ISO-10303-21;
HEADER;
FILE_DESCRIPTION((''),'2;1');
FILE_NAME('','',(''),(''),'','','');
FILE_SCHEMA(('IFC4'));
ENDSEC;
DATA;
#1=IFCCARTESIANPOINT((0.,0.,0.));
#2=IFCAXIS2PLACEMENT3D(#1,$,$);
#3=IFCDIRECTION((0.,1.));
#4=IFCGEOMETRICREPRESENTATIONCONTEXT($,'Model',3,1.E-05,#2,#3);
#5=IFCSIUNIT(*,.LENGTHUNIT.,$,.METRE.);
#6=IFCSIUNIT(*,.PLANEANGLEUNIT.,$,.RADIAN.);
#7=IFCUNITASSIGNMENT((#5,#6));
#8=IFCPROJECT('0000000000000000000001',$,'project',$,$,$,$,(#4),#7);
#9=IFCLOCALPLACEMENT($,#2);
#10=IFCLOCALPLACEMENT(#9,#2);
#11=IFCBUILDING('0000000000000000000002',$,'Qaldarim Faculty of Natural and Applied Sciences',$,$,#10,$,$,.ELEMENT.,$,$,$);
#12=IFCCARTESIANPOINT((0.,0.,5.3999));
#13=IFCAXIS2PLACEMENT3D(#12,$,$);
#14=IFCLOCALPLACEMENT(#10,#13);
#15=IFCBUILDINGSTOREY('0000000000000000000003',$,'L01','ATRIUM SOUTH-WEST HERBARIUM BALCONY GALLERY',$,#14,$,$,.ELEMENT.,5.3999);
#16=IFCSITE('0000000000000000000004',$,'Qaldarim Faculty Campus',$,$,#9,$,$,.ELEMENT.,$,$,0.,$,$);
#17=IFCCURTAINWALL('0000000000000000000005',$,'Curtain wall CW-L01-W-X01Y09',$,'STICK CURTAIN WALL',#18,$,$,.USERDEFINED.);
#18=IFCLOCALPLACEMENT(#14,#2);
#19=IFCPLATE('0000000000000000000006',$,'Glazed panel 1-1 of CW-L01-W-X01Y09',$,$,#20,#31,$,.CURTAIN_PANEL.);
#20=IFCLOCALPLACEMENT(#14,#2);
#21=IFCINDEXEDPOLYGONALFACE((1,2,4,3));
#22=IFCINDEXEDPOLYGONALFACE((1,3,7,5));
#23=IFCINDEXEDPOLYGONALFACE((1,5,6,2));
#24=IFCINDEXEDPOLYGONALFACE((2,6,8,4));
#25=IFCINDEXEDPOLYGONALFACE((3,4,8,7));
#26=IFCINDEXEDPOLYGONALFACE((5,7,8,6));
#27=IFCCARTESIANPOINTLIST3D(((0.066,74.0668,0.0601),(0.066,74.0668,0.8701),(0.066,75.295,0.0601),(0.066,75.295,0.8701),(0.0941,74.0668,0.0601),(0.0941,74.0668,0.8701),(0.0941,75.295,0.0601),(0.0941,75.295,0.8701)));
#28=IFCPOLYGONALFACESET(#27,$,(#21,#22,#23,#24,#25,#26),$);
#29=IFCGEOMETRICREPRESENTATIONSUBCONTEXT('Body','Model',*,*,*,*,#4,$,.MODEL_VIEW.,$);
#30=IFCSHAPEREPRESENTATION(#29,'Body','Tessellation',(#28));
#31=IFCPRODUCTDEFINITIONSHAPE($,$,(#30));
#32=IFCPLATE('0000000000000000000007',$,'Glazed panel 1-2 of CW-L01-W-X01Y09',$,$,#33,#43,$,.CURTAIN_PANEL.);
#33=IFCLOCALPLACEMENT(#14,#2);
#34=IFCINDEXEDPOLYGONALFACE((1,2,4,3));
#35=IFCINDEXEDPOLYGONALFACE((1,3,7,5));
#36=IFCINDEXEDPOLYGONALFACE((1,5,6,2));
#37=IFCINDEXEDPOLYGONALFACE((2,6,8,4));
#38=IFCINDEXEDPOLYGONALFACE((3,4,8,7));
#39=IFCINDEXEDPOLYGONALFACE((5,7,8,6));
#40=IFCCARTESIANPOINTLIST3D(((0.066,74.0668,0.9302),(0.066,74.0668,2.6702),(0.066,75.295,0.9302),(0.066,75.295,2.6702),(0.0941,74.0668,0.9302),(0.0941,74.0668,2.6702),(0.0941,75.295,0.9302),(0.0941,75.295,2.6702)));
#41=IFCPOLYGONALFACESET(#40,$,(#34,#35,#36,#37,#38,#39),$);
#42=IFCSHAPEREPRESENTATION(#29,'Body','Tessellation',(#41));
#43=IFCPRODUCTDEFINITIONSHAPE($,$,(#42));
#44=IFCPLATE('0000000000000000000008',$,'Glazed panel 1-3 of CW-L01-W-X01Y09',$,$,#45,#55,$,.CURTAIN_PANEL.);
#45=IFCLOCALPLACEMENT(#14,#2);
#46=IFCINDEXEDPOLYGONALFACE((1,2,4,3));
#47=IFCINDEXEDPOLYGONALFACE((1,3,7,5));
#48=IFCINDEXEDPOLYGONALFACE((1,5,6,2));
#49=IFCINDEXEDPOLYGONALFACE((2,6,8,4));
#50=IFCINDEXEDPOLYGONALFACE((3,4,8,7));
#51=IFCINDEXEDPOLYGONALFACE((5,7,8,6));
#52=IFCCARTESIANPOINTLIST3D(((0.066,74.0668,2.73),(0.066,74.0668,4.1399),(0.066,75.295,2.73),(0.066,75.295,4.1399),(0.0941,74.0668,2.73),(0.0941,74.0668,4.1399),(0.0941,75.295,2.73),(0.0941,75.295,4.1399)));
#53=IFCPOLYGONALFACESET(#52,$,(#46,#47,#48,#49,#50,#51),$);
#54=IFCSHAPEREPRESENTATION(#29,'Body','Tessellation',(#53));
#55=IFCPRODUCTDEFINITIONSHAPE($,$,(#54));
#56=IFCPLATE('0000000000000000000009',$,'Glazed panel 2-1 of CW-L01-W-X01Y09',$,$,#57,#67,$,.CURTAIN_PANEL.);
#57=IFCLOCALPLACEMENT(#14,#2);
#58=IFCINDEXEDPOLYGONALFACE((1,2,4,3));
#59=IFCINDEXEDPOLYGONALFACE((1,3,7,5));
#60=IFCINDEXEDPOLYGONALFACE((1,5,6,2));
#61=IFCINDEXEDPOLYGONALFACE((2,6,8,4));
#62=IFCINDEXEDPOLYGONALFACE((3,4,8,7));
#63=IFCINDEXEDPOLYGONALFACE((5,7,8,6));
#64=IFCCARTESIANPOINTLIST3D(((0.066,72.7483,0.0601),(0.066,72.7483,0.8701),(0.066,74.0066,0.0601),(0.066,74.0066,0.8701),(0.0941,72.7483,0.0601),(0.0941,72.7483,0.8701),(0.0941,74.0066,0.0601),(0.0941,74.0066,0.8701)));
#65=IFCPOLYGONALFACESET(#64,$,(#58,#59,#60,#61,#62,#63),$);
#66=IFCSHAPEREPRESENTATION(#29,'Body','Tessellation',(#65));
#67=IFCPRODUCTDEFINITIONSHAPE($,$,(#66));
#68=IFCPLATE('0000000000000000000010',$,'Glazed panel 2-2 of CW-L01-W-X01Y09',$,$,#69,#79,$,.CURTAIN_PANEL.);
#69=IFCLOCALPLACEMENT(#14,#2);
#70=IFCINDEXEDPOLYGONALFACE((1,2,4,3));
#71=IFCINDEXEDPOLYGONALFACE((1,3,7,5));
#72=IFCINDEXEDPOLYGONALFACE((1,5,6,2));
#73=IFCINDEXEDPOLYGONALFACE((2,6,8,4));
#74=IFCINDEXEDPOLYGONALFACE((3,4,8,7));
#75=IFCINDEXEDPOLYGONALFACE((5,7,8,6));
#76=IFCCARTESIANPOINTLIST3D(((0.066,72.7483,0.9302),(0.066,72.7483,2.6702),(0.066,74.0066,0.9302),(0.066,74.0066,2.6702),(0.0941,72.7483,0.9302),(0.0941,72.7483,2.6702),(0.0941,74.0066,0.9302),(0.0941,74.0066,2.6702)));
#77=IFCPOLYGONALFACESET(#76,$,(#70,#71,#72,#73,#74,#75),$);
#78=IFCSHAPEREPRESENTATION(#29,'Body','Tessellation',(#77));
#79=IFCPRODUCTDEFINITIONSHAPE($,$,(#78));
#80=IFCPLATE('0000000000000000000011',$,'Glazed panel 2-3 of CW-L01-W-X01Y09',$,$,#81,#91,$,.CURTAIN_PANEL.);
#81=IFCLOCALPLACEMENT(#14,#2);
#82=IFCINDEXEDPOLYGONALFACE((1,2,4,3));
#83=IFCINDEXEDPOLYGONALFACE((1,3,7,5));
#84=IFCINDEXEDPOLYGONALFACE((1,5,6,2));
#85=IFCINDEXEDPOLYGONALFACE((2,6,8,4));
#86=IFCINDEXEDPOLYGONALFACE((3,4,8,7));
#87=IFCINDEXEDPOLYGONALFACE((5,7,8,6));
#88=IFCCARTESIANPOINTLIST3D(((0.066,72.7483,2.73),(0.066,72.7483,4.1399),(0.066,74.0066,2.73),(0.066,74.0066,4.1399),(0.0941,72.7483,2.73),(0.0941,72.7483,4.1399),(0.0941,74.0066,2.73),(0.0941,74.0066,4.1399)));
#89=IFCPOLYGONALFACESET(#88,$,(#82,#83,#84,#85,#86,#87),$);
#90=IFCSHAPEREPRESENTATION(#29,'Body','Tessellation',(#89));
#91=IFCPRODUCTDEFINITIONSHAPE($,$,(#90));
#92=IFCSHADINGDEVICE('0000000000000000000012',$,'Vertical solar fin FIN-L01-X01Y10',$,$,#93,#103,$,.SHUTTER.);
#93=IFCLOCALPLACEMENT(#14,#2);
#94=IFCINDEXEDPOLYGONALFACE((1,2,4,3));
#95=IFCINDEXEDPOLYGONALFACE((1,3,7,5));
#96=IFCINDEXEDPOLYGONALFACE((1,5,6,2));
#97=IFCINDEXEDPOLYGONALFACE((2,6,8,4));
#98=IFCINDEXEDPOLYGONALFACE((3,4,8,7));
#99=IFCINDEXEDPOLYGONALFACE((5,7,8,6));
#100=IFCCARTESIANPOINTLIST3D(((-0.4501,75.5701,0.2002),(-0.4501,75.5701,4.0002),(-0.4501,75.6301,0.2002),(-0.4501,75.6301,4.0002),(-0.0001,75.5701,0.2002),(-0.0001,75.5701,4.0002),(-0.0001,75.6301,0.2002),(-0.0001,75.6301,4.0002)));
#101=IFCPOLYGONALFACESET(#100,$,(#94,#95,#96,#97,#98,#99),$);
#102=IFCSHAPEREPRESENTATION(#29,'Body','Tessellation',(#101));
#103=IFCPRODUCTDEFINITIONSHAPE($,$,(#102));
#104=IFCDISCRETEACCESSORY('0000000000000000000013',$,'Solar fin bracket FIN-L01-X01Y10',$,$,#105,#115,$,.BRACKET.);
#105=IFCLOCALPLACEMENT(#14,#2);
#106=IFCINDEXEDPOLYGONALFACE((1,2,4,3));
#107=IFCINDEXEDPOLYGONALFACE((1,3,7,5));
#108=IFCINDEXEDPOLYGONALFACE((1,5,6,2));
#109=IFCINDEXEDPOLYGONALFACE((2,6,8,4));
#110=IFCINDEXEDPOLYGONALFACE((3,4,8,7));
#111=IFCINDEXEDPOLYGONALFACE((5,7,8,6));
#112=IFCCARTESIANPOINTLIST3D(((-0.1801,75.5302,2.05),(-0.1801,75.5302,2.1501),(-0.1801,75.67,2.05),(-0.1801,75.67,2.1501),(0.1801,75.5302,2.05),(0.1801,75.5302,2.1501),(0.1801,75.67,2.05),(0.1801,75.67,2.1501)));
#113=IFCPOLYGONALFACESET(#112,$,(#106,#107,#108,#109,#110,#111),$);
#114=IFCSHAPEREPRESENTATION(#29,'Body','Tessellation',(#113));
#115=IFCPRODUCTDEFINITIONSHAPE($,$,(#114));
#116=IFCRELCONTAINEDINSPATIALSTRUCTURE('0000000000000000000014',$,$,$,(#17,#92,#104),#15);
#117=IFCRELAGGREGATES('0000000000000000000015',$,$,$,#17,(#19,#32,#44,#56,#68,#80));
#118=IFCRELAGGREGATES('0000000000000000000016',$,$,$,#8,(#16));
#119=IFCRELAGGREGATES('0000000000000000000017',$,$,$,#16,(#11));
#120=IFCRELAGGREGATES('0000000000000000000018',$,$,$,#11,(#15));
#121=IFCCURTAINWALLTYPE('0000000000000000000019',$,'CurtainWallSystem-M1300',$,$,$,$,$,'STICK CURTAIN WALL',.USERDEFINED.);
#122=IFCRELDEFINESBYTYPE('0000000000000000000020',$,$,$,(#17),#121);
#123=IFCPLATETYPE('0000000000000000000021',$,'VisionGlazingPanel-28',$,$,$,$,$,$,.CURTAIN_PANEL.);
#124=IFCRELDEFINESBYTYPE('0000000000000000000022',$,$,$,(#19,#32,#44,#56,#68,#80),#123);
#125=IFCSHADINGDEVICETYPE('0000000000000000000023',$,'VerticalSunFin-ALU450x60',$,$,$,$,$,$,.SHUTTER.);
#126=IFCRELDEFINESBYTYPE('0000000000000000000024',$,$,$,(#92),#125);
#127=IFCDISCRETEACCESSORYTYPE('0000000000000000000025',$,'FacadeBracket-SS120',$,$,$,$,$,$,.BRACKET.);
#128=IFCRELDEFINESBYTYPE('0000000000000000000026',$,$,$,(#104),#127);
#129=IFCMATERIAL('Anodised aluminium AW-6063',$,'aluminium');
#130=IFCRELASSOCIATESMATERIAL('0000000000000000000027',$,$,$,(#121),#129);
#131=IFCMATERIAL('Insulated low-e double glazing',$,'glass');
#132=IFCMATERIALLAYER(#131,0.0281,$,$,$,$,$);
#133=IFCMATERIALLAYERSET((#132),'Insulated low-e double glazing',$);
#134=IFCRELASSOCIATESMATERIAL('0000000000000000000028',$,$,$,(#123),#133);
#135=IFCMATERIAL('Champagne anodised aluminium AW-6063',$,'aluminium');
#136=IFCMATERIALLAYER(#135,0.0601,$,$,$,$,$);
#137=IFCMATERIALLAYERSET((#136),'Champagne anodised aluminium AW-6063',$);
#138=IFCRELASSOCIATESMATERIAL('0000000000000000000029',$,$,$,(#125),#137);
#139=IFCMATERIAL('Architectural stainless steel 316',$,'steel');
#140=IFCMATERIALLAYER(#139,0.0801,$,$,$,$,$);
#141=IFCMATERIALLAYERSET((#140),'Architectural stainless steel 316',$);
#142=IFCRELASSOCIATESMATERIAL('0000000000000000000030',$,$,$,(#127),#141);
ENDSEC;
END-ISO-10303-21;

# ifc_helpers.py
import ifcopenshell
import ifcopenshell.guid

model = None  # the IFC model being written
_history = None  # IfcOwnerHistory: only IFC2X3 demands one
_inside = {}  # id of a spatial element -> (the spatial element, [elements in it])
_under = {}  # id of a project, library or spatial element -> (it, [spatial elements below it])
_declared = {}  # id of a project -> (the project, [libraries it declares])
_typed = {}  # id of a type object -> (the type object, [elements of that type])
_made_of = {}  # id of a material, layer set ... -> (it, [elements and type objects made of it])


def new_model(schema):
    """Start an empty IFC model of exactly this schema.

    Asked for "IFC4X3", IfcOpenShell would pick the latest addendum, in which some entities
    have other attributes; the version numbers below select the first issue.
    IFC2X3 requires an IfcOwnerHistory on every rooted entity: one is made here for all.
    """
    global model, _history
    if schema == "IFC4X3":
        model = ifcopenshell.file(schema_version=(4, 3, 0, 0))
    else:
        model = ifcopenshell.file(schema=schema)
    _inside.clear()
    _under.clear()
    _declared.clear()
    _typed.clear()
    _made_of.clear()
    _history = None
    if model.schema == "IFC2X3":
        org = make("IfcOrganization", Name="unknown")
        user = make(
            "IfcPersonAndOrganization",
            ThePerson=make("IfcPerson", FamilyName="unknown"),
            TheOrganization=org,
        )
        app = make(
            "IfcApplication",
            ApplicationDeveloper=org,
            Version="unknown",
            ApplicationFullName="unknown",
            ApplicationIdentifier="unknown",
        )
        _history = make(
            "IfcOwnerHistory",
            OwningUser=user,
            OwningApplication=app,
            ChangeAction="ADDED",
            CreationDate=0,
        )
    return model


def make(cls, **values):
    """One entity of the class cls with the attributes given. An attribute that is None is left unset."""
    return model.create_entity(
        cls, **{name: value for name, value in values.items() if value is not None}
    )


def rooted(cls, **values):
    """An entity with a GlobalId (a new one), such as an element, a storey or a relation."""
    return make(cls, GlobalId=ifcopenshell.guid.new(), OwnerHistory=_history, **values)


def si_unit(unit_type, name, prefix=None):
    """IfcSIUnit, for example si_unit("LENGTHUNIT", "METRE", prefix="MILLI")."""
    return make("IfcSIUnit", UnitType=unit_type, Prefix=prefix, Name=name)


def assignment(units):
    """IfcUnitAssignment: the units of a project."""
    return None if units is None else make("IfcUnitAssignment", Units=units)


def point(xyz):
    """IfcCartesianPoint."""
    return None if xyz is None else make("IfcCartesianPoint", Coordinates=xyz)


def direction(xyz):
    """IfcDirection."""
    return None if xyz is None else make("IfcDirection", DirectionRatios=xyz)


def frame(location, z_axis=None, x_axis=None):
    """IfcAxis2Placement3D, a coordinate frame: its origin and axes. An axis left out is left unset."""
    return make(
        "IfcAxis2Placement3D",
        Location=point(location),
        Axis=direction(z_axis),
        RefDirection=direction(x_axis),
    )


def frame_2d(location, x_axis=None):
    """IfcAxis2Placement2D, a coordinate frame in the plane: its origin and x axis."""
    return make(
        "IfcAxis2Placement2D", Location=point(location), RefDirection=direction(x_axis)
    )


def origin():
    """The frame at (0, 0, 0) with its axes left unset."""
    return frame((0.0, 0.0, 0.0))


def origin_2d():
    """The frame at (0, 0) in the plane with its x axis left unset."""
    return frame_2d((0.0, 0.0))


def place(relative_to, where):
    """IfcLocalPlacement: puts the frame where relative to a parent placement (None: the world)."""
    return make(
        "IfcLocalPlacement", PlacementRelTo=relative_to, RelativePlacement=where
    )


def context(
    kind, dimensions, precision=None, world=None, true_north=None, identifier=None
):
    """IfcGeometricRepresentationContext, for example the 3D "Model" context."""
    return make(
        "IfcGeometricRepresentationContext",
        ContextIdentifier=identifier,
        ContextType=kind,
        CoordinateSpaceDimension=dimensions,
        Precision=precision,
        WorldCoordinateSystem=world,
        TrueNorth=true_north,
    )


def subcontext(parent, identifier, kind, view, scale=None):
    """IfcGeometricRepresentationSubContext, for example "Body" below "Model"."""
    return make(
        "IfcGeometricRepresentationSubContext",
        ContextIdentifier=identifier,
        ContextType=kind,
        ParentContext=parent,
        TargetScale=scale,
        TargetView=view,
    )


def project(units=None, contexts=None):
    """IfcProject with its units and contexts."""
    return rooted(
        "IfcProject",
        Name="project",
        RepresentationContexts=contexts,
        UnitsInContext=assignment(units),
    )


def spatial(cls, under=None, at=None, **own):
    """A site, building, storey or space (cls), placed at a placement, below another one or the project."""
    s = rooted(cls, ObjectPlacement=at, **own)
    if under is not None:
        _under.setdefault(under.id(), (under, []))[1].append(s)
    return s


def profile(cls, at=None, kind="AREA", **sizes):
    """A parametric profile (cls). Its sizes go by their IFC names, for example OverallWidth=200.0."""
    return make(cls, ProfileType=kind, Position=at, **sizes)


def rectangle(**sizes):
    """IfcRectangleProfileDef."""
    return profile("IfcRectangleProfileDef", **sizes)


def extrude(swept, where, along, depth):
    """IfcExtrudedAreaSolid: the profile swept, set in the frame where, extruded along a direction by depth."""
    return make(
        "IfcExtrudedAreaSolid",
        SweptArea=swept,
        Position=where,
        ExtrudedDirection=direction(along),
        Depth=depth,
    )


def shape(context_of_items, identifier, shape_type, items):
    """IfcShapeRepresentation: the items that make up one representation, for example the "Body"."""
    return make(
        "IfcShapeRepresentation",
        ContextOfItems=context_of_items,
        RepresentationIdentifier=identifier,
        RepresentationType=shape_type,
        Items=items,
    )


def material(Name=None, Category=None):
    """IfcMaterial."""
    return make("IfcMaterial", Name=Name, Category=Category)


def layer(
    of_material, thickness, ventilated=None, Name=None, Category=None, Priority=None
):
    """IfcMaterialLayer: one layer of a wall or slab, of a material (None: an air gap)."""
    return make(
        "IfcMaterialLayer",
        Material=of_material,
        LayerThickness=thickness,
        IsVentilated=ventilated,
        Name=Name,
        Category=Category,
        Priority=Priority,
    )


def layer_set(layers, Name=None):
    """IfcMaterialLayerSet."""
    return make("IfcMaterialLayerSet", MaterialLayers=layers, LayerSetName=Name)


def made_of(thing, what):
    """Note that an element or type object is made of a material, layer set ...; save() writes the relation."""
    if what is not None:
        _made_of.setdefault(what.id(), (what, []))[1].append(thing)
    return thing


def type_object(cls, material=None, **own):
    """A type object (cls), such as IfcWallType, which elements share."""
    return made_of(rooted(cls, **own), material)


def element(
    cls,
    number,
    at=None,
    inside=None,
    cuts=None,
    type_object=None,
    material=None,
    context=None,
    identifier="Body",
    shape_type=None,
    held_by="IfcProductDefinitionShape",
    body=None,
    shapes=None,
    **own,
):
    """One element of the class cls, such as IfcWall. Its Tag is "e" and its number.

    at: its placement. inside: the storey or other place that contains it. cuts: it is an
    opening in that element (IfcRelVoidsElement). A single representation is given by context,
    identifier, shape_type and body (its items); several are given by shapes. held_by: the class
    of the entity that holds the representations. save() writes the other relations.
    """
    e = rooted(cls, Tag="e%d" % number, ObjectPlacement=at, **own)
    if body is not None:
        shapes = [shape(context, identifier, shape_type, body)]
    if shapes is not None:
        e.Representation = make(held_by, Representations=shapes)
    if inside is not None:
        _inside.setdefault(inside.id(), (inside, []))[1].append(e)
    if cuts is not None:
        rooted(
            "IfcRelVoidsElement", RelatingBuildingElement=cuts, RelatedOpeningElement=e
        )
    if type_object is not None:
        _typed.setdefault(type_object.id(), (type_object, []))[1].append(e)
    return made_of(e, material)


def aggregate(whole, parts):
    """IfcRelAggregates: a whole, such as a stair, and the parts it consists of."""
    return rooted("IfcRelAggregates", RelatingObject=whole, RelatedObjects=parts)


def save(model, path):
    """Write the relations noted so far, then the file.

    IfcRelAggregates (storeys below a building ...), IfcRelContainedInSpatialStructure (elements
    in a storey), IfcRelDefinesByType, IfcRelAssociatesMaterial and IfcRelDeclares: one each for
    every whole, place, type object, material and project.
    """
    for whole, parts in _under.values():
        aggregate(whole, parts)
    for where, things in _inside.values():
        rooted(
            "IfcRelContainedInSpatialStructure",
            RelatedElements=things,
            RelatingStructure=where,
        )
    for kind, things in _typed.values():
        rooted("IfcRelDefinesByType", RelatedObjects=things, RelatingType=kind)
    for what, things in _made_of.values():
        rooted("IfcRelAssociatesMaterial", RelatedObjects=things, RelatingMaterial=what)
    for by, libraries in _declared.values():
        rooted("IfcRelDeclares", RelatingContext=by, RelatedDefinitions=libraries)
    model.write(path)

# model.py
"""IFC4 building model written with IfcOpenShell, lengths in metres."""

from ifc_helpers import new_model, si_unit, direction, frame, origin, origin_2d, place, context, subcontext, project, spatial, rectangle, extrude, material, layer, layer_set, type_object, element, aggregate, save


model = new_model("IFC4")

# Units and contexts
model_context = context("Model", 3, precision=1e-05, world=origin(), true_north=direction((0.0, 1.0)))
body_context = subcontext(model_context, "Body", "Model", "MODEL_VIEW")
ifc_project = project(units=[si_unit("LENGTHUNIT", "METRE"), si_unit("PLANEANGLEUNIT", "RADIAN")], contexts=[model_context])

# Site, building, storey
site_placement = place(None, origin())
site = spatial("IfcSite", under=ifc_project, at=site_placement, Name="Qaldarim Faculty Campus", CompositionType="ELEMENT", RefElevation=0.0)
building_placement = place(site_placement, origin())
building = spatial("IfcBuilding", under=site, at=building_placement, Name="Qaldarim Faculty of Natural and Applied Sciences", CompositionType="ELEMENT")
storey_placement = place(building_placement, frame((0.0, 0.0, 5.3999)))
storey = spatial("IfcBuildingStorey", under=building, at=storey_placement, Name="L01", Description="ATRIUM SOUTH-WEST HERBARIUM BALCONY GALLERY", CompositionType="ELEMENT", Elevation=5.3999)

# Curtain wall
ifc_material_1 = material(Name="Anodised aluminium AW-6063", Category="aluminium")
curtain_wall_type = type_object("IfcCurtainWallType", Name="CurtainWallSystem-M1300", ElementType="STICK CURTAIN WALL", PredefinedType="USERDEFINED", material=ifc_material_1)
curtain_wall_placement = place(storey_placement, origin())
curtain_wall = element("IfcCurtainWall", 1, at=curtain_wall_placement, inside=storey, type_object=curtain_wall_type, Name="Curtain wall CW-L01-W-X01Y09", ObjectType="STICK CURTAIN WALL", PredefinedType="USERDEFINED")

# Plates
ifc_material_2 = material(Name="Insulated low-e double glazing", Category="glass")
ifc_layer_1 = layer(ifc_material_2, 0.0281)
ifc_layer_set_1 = layer_set([ifc_layer_1], Name="Insulated low-e double glazing")
plate_type = type_object("IfcPlateType", Name="VisionGlazingPanel-28", PredefinedType="CURTAIN_PANEL", material=ifc_layer_set_1)
plate_1_placement = place(storey_placement, frame((0.0801, 74.6809, 0.0601), z_axis=(0.0, 0.0, 1.0), x_axis=(0.0, -1.0, 0.0)))
plate_1 = element("IfcPlate", 2, at=plate_1_placement, type_object=plate_type, Name="Glazed panel 1-1 of CW-L01-W-X01Y09", PredefinedType="CURTAIN_PANEL", context=body_context, shape_type="SweptSolid", body=[
    extrude(rectangle(XDim=1.2283, YDim=0.0281, at=origin_2d()), origin(), (0.0, 0.0, 1.0), 0.8101),
])
plate_2_placement = place(storey_placement, frame((0.0801, 74.6809, 0.9302), z_axis=(0.0, 0.0, 1.0), x_axis=(0.0, -1.0, 0.0)))
plate_2 = element("IfcPlate", 3, at=plate_2_placement, type_object=plate_type, Name="Glazed panel 1-2 of CW-L01-W-X01Y09", PredefinedType="CURTAIN_PANEL", context=body_context, shape_type="SweptSolid", body=[
    extrude(rectangle(XDim=1.2283, YDim=0.0281, at=origin_2d()), origin(), (0.0, 0.0, 1.0), 1.74),
])
plate_3_placement = place(storey_placement, frame((0.0801, 74.6809, 2.73), z_axis=(0.0, 0.0, 1.0), x_axis=(0.0, -1.0, 0.0)))
plate_3 = element("IfcPlate", 4, at=plate_3_placement, type_object=plate_type, Name="Glazed panel 1-3 of CW-L01-W-X01Y09", PredefinedType="CURTAIN_PANEL", context=body_context, shape_type="SweptSolid", body=[
    extrude(rectangle(XDim=1.2283, YDim=0.0281, at=origin_2d()), origin(), (0.0, 0.0, 1.0), 1.4099),
])
plate_4_placement = place(storey_placement, frame((0.0801, 73.3774, 0.0601), z_axis=(0.0, 0.0, 1.0), x_axis=(0.0, -1.0, 0.0)))
plate_4 = element("IfcPlate", 5, at=plate_4_placement, type_object=plate_type, Name="Glazed panel 2-1 of CW-L01-W-X01Y09", PredefinedType="CURTAIN_PANEL", context=body_context, shape_type="SweptSolid", body=[
    extrude(rectangle(XDim=1.2583, YDim=0.0281, at=origin_2d()), origin(), (0.0, 0.0, 1.0), 0.8101),
])
plate_5_placement = place(storey_placement, frame((0.0801, 73.3774, 0.9302), z_axis=(0.0, 0.0, 1.0), x_axis=(0.0, -1.0, 0.0)))
plate_5 = element("IfcPlate", 6, at=plate_5_placement, type_object=plate_type, Name="Glazed panel 2-2 of CW-L01-W-X01Y09", PredefinedType="CURTAIN_PANEL", context=body_context, shape_type="SweptSolid", body=[
    extrude(rectangle(XDim=1.2583, YDim=0.0281, at=origin_2d()), origin(), (0.0, 0.0, 1.0), 1.74),
])
plate_6_placement = place(storey_placement, frame((0.0801, 73.3774, 2.73), z_axis=(0.0, 0.0, 1.0), x_axis=(0.0, -1.0, 0.0)))
plate_6 = element("IfcPlate", 7, at=plate_6_placement, type_object=plate_type, Name="Glazed panel 2-3 of CW-L01-W-X01Y09", PredefinedType="CURTAIN_PANEL", context=body_context, shape_type="SweptSolid", body=[
    extrude(rectangle(XDim=1.2583, YDim=0.0281, at=origin_2d()), origin(), (0.0, 0.0, 1.0), 1.4099),
])
aggregate(curtain_wall, [plate_1, plate_2, plate_3, plate_4, plate_5, plate_6])

# Shading device
ifc_material_3 = material(Name="Champagne anodised aluminium AW-6063", Category="aluminium")
ifc_layer_2 = layer(ifc_material_3, 0.0601)
ifc_layer_set_2 = layer_set([ifc_layer_2], Name="Champagne anodised aluminium AW-6063")
shading_device_type = type_object("IfcShadingDeviceType", Name="VerticalSunFin-ALU450x60", PredefinedType="SHUTTER", material=ifc_layer_set_2)
shading_device_placement = place(storey_placement, frame((-0.2251, 75.6001, 0.2002), z_axis=(0.0, 0.0, 1.0), x_axis=(1.0, 0.0, 0.0)))
element("IfcShadingDevice", 8, at=shading_device_placement, inside=storey, type_object=shading_device_type, Name="Vertical solar fin FIN-L01-X01Y10", PredefinedType="SHUTTER", context=body_context, shape_type="SweptSolid", body=[
    extrude(rectangle(XDim=0.45, YDim=0.0601, at=origin_2d()), origin(), (0.0, 0.0, 1.0), 3.8),
])

# Discrete accessory
ifc_material_4 = material(Name="Architectural stainless steel 316", Category="steel")
ifc_layer_3 = layer(ifc_material_4, 0.0801)
ifc_layer_set_3 = layer_set([ifc_layer_3], Name="Architectural stainless steel 316")
discrete_accessory_type = type_object("IfcDiscreteAccessoryType", Name="FacadeBracket-SS120", PredefinedType="BRACKET", material=ifc_layer_set_3)
discrete_accessory_placement = place(storey_placement, frame((0.0, 75.6001, 2.05), z_axis=(0.0, 0.0, 1.0), x_axis=(1.0, 0.0, 0.0)))
element("IfcDiscreteAccessory", 9, at=discrete_accessory_placement, inside=storey, type_object=discrete_accessory_type, Name="Solar fin bracket FIN-L01-X01Y10", PredefinedType="BRACKET", context=body_context, shape_type="SweptSolid", body=[
    extrude(rectangle(XDim=0.3601, YDim=0.1399, at=origin_2d()), origin(), (0.0, 0.0, 1.0), 0.1001),
])

save(model, "model.ifc")
